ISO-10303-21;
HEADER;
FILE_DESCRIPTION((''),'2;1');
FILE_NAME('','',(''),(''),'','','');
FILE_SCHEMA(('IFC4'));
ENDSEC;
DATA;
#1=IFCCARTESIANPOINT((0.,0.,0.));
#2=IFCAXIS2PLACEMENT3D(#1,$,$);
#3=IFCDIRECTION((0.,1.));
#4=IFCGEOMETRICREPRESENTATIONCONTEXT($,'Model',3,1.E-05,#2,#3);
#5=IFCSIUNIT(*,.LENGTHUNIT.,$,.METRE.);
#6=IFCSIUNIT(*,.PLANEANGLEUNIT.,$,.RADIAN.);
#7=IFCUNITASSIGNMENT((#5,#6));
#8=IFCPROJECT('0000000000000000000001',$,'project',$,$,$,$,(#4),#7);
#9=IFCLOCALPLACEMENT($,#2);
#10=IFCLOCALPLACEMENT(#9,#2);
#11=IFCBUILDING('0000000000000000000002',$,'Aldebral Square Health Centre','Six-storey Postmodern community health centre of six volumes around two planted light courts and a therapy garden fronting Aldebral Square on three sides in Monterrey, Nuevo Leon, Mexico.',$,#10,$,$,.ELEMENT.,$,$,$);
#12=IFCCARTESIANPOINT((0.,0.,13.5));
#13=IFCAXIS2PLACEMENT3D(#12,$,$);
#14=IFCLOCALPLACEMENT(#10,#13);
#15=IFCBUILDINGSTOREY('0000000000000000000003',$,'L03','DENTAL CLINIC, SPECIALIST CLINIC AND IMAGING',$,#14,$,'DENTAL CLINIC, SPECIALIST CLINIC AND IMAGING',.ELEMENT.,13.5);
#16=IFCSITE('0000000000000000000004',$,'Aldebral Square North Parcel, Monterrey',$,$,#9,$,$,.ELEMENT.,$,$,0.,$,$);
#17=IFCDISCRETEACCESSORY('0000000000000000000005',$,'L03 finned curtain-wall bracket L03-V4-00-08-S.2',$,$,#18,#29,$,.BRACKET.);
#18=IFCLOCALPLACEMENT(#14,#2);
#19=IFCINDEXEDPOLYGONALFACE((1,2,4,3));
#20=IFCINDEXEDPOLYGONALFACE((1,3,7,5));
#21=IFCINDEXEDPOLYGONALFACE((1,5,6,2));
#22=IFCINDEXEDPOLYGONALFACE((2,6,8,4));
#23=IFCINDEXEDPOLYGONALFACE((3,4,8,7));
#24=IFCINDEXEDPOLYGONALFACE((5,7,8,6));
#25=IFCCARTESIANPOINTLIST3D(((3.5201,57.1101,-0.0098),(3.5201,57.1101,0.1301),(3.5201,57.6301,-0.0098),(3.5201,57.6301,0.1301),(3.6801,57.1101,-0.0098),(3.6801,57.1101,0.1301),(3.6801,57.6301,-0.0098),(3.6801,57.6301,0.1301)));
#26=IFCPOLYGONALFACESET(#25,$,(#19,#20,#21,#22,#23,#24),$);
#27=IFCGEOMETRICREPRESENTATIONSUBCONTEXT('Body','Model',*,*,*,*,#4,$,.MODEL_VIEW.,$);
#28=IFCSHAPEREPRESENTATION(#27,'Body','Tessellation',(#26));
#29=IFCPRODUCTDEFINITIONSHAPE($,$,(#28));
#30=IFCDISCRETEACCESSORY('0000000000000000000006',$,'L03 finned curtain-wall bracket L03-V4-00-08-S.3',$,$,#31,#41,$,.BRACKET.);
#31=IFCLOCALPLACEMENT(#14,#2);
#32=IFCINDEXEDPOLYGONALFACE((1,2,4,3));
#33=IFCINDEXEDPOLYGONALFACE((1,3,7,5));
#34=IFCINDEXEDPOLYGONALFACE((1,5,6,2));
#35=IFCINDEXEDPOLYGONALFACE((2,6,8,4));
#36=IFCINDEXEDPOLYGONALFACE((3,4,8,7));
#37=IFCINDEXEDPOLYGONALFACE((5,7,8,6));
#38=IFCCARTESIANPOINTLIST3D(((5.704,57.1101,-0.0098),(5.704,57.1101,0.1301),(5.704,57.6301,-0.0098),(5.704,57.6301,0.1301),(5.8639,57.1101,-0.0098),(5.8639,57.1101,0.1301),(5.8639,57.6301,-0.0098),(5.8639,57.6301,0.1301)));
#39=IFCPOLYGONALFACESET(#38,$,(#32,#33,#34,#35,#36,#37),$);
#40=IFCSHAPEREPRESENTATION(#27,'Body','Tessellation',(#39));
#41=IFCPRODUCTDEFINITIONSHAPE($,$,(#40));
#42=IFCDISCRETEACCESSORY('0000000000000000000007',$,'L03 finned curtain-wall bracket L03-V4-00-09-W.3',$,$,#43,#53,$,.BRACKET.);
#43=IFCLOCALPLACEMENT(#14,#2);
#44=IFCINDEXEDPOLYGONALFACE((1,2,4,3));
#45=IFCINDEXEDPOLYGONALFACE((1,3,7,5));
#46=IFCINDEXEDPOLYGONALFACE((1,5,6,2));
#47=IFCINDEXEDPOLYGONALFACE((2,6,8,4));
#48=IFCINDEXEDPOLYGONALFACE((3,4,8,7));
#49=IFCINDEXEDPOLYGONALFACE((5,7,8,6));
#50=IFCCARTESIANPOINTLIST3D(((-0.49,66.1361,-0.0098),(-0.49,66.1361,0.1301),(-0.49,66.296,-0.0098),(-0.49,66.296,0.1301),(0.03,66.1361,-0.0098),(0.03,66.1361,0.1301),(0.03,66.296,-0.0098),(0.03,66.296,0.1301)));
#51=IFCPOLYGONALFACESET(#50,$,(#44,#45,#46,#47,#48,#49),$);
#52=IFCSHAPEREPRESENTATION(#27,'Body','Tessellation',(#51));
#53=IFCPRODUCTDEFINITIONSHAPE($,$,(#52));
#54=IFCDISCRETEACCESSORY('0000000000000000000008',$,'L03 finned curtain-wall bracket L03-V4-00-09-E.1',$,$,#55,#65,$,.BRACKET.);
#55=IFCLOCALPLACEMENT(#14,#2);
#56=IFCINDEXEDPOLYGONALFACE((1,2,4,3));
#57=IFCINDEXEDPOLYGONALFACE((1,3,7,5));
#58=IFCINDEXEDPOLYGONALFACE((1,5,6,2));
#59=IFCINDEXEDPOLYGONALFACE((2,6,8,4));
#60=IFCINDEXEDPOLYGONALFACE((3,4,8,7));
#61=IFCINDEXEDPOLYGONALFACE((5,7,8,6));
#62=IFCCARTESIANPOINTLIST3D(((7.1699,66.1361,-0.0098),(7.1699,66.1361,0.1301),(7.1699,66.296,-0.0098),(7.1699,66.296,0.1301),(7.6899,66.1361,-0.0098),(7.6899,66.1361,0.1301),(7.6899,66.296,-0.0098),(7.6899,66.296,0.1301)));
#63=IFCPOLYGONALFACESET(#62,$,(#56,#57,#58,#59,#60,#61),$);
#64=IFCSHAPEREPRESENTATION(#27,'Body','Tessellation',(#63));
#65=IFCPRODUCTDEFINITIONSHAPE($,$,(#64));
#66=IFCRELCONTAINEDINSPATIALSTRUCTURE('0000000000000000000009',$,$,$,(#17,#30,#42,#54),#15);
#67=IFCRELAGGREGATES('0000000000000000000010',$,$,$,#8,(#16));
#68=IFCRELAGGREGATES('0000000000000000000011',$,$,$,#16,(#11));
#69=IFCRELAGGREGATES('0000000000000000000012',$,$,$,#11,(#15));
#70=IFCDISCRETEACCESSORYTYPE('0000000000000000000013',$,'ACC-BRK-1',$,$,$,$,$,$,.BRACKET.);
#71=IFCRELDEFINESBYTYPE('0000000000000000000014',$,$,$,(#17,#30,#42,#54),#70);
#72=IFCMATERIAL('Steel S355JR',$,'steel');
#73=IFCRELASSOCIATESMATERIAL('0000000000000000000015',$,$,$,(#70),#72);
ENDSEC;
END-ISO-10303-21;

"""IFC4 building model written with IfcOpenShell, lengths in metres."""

from ifc_helpers import new_model, si_unit, direction, frame, origin, origin_2d, place, context, subcontext, project, spatial, rectangle, extrude, material, type_object, element, save


model = new_model("IFC4")

# Units and contexts
model_context = context("Model", 3, precision=1e-05, world=origin(), true_north=direction((0.0, 1.0)))
body_context = subcontext(model_context, "Body", "Model", "MODEL_VIEW")
ifc_project = project(units=[si_unit("LENGTHUNIT", "METRE"), si_unit("PLANEANGLEUNIT", "RADIAN")], contexts=[model_context])

# Site, building, storey
site_placement = place(None, origin())
site = spatial("IfcSite", under=ifc_project, at=site_placement, Name="Aldebral Square North Parcel, Monterrey", CompositionType="ELEMENT", RefElevation=0.0)
building_placement = place(site_placement, origin())
building = spatial("IfcBuilding", under=site, at=building_placement, Name="Aldebral Square Health Centre", Description="Six-storey Postmodern community health centre of six volumes around two planted light courts and a therapy garden fronting Aldebral Square on three sides in Monterrey, Nuevo Leon, Mexico.", CompositionType="ELEMENT")
storey_placement = place(building_placement, frame((0.0, 0.0, 13.5)))
storey = spatial("IfcBuildingStorey", under=building, at=storey_placement, Name="L03", Description="DENTAL CLINIC, SPECIALIST CLINIC AND IMAGING", LongName="DENTAL CLINIC, SPECIALIST CLINIC AND IMAGING", CompositionType="ELEMENT", Elevation=13.5)

# Discrete accessories
ifc_material_1 = material(Name="Steel S355JR", Category="steel")
discrete_accessory_type = type_object("IfcDiscreteAccessoryType", Name="ACC-BRK-1", PredefinedType="BRACKET", material=ifc_material_1)
for number, where, z_axis, x_axis, name in (
    (1, (3.6001, 57.3701, -0.0098), (0.0, 0.0, 1.0), (1.0, 0.0, 0.0), "L03 finned curtain-wall bracket L03-V4-00-08-S.2"),
    (2, (5.7839, 57.3701, -0.0098), (0.0, 0.0, 1.0), (1.0, 0.0, 0.0), "L03 finned curtain-wall bracket L03-V4-00-08-S.3"),
    (3, (-0.23, 66.2161, -0.0098), (0.0, 0.0, 1.0), (0.0, 1.0, 0.0), "L03 finned curtain-wall bracket L03-V4-00-09-W.3"),
    (4, (7.4299, 66.2161, -0.0098), (0.0, 0.0, 1.0), (0.0, 1.0, 0.0), "L03 finned curtain-wall bracket L03-V4-00-09-E.1"),
):
    element("IfcDiscreteAccessory", number, at=place(storey_placement, frame(where, z_axis=z_axis, x_axis=x_axis)), inside=storey, type_object=discrete_accessory_type, Name=name, PredefinedType="BRACKET", context=body_context, shape_type="SweptSolid", body=[
        extrude(rectangle(XDim=0.1599, YDim=0.52, at=origin_2d()), origin(), (0.0, 0.0, 1.0), 0.1399),
    ])

save(model, "model.ifc")
